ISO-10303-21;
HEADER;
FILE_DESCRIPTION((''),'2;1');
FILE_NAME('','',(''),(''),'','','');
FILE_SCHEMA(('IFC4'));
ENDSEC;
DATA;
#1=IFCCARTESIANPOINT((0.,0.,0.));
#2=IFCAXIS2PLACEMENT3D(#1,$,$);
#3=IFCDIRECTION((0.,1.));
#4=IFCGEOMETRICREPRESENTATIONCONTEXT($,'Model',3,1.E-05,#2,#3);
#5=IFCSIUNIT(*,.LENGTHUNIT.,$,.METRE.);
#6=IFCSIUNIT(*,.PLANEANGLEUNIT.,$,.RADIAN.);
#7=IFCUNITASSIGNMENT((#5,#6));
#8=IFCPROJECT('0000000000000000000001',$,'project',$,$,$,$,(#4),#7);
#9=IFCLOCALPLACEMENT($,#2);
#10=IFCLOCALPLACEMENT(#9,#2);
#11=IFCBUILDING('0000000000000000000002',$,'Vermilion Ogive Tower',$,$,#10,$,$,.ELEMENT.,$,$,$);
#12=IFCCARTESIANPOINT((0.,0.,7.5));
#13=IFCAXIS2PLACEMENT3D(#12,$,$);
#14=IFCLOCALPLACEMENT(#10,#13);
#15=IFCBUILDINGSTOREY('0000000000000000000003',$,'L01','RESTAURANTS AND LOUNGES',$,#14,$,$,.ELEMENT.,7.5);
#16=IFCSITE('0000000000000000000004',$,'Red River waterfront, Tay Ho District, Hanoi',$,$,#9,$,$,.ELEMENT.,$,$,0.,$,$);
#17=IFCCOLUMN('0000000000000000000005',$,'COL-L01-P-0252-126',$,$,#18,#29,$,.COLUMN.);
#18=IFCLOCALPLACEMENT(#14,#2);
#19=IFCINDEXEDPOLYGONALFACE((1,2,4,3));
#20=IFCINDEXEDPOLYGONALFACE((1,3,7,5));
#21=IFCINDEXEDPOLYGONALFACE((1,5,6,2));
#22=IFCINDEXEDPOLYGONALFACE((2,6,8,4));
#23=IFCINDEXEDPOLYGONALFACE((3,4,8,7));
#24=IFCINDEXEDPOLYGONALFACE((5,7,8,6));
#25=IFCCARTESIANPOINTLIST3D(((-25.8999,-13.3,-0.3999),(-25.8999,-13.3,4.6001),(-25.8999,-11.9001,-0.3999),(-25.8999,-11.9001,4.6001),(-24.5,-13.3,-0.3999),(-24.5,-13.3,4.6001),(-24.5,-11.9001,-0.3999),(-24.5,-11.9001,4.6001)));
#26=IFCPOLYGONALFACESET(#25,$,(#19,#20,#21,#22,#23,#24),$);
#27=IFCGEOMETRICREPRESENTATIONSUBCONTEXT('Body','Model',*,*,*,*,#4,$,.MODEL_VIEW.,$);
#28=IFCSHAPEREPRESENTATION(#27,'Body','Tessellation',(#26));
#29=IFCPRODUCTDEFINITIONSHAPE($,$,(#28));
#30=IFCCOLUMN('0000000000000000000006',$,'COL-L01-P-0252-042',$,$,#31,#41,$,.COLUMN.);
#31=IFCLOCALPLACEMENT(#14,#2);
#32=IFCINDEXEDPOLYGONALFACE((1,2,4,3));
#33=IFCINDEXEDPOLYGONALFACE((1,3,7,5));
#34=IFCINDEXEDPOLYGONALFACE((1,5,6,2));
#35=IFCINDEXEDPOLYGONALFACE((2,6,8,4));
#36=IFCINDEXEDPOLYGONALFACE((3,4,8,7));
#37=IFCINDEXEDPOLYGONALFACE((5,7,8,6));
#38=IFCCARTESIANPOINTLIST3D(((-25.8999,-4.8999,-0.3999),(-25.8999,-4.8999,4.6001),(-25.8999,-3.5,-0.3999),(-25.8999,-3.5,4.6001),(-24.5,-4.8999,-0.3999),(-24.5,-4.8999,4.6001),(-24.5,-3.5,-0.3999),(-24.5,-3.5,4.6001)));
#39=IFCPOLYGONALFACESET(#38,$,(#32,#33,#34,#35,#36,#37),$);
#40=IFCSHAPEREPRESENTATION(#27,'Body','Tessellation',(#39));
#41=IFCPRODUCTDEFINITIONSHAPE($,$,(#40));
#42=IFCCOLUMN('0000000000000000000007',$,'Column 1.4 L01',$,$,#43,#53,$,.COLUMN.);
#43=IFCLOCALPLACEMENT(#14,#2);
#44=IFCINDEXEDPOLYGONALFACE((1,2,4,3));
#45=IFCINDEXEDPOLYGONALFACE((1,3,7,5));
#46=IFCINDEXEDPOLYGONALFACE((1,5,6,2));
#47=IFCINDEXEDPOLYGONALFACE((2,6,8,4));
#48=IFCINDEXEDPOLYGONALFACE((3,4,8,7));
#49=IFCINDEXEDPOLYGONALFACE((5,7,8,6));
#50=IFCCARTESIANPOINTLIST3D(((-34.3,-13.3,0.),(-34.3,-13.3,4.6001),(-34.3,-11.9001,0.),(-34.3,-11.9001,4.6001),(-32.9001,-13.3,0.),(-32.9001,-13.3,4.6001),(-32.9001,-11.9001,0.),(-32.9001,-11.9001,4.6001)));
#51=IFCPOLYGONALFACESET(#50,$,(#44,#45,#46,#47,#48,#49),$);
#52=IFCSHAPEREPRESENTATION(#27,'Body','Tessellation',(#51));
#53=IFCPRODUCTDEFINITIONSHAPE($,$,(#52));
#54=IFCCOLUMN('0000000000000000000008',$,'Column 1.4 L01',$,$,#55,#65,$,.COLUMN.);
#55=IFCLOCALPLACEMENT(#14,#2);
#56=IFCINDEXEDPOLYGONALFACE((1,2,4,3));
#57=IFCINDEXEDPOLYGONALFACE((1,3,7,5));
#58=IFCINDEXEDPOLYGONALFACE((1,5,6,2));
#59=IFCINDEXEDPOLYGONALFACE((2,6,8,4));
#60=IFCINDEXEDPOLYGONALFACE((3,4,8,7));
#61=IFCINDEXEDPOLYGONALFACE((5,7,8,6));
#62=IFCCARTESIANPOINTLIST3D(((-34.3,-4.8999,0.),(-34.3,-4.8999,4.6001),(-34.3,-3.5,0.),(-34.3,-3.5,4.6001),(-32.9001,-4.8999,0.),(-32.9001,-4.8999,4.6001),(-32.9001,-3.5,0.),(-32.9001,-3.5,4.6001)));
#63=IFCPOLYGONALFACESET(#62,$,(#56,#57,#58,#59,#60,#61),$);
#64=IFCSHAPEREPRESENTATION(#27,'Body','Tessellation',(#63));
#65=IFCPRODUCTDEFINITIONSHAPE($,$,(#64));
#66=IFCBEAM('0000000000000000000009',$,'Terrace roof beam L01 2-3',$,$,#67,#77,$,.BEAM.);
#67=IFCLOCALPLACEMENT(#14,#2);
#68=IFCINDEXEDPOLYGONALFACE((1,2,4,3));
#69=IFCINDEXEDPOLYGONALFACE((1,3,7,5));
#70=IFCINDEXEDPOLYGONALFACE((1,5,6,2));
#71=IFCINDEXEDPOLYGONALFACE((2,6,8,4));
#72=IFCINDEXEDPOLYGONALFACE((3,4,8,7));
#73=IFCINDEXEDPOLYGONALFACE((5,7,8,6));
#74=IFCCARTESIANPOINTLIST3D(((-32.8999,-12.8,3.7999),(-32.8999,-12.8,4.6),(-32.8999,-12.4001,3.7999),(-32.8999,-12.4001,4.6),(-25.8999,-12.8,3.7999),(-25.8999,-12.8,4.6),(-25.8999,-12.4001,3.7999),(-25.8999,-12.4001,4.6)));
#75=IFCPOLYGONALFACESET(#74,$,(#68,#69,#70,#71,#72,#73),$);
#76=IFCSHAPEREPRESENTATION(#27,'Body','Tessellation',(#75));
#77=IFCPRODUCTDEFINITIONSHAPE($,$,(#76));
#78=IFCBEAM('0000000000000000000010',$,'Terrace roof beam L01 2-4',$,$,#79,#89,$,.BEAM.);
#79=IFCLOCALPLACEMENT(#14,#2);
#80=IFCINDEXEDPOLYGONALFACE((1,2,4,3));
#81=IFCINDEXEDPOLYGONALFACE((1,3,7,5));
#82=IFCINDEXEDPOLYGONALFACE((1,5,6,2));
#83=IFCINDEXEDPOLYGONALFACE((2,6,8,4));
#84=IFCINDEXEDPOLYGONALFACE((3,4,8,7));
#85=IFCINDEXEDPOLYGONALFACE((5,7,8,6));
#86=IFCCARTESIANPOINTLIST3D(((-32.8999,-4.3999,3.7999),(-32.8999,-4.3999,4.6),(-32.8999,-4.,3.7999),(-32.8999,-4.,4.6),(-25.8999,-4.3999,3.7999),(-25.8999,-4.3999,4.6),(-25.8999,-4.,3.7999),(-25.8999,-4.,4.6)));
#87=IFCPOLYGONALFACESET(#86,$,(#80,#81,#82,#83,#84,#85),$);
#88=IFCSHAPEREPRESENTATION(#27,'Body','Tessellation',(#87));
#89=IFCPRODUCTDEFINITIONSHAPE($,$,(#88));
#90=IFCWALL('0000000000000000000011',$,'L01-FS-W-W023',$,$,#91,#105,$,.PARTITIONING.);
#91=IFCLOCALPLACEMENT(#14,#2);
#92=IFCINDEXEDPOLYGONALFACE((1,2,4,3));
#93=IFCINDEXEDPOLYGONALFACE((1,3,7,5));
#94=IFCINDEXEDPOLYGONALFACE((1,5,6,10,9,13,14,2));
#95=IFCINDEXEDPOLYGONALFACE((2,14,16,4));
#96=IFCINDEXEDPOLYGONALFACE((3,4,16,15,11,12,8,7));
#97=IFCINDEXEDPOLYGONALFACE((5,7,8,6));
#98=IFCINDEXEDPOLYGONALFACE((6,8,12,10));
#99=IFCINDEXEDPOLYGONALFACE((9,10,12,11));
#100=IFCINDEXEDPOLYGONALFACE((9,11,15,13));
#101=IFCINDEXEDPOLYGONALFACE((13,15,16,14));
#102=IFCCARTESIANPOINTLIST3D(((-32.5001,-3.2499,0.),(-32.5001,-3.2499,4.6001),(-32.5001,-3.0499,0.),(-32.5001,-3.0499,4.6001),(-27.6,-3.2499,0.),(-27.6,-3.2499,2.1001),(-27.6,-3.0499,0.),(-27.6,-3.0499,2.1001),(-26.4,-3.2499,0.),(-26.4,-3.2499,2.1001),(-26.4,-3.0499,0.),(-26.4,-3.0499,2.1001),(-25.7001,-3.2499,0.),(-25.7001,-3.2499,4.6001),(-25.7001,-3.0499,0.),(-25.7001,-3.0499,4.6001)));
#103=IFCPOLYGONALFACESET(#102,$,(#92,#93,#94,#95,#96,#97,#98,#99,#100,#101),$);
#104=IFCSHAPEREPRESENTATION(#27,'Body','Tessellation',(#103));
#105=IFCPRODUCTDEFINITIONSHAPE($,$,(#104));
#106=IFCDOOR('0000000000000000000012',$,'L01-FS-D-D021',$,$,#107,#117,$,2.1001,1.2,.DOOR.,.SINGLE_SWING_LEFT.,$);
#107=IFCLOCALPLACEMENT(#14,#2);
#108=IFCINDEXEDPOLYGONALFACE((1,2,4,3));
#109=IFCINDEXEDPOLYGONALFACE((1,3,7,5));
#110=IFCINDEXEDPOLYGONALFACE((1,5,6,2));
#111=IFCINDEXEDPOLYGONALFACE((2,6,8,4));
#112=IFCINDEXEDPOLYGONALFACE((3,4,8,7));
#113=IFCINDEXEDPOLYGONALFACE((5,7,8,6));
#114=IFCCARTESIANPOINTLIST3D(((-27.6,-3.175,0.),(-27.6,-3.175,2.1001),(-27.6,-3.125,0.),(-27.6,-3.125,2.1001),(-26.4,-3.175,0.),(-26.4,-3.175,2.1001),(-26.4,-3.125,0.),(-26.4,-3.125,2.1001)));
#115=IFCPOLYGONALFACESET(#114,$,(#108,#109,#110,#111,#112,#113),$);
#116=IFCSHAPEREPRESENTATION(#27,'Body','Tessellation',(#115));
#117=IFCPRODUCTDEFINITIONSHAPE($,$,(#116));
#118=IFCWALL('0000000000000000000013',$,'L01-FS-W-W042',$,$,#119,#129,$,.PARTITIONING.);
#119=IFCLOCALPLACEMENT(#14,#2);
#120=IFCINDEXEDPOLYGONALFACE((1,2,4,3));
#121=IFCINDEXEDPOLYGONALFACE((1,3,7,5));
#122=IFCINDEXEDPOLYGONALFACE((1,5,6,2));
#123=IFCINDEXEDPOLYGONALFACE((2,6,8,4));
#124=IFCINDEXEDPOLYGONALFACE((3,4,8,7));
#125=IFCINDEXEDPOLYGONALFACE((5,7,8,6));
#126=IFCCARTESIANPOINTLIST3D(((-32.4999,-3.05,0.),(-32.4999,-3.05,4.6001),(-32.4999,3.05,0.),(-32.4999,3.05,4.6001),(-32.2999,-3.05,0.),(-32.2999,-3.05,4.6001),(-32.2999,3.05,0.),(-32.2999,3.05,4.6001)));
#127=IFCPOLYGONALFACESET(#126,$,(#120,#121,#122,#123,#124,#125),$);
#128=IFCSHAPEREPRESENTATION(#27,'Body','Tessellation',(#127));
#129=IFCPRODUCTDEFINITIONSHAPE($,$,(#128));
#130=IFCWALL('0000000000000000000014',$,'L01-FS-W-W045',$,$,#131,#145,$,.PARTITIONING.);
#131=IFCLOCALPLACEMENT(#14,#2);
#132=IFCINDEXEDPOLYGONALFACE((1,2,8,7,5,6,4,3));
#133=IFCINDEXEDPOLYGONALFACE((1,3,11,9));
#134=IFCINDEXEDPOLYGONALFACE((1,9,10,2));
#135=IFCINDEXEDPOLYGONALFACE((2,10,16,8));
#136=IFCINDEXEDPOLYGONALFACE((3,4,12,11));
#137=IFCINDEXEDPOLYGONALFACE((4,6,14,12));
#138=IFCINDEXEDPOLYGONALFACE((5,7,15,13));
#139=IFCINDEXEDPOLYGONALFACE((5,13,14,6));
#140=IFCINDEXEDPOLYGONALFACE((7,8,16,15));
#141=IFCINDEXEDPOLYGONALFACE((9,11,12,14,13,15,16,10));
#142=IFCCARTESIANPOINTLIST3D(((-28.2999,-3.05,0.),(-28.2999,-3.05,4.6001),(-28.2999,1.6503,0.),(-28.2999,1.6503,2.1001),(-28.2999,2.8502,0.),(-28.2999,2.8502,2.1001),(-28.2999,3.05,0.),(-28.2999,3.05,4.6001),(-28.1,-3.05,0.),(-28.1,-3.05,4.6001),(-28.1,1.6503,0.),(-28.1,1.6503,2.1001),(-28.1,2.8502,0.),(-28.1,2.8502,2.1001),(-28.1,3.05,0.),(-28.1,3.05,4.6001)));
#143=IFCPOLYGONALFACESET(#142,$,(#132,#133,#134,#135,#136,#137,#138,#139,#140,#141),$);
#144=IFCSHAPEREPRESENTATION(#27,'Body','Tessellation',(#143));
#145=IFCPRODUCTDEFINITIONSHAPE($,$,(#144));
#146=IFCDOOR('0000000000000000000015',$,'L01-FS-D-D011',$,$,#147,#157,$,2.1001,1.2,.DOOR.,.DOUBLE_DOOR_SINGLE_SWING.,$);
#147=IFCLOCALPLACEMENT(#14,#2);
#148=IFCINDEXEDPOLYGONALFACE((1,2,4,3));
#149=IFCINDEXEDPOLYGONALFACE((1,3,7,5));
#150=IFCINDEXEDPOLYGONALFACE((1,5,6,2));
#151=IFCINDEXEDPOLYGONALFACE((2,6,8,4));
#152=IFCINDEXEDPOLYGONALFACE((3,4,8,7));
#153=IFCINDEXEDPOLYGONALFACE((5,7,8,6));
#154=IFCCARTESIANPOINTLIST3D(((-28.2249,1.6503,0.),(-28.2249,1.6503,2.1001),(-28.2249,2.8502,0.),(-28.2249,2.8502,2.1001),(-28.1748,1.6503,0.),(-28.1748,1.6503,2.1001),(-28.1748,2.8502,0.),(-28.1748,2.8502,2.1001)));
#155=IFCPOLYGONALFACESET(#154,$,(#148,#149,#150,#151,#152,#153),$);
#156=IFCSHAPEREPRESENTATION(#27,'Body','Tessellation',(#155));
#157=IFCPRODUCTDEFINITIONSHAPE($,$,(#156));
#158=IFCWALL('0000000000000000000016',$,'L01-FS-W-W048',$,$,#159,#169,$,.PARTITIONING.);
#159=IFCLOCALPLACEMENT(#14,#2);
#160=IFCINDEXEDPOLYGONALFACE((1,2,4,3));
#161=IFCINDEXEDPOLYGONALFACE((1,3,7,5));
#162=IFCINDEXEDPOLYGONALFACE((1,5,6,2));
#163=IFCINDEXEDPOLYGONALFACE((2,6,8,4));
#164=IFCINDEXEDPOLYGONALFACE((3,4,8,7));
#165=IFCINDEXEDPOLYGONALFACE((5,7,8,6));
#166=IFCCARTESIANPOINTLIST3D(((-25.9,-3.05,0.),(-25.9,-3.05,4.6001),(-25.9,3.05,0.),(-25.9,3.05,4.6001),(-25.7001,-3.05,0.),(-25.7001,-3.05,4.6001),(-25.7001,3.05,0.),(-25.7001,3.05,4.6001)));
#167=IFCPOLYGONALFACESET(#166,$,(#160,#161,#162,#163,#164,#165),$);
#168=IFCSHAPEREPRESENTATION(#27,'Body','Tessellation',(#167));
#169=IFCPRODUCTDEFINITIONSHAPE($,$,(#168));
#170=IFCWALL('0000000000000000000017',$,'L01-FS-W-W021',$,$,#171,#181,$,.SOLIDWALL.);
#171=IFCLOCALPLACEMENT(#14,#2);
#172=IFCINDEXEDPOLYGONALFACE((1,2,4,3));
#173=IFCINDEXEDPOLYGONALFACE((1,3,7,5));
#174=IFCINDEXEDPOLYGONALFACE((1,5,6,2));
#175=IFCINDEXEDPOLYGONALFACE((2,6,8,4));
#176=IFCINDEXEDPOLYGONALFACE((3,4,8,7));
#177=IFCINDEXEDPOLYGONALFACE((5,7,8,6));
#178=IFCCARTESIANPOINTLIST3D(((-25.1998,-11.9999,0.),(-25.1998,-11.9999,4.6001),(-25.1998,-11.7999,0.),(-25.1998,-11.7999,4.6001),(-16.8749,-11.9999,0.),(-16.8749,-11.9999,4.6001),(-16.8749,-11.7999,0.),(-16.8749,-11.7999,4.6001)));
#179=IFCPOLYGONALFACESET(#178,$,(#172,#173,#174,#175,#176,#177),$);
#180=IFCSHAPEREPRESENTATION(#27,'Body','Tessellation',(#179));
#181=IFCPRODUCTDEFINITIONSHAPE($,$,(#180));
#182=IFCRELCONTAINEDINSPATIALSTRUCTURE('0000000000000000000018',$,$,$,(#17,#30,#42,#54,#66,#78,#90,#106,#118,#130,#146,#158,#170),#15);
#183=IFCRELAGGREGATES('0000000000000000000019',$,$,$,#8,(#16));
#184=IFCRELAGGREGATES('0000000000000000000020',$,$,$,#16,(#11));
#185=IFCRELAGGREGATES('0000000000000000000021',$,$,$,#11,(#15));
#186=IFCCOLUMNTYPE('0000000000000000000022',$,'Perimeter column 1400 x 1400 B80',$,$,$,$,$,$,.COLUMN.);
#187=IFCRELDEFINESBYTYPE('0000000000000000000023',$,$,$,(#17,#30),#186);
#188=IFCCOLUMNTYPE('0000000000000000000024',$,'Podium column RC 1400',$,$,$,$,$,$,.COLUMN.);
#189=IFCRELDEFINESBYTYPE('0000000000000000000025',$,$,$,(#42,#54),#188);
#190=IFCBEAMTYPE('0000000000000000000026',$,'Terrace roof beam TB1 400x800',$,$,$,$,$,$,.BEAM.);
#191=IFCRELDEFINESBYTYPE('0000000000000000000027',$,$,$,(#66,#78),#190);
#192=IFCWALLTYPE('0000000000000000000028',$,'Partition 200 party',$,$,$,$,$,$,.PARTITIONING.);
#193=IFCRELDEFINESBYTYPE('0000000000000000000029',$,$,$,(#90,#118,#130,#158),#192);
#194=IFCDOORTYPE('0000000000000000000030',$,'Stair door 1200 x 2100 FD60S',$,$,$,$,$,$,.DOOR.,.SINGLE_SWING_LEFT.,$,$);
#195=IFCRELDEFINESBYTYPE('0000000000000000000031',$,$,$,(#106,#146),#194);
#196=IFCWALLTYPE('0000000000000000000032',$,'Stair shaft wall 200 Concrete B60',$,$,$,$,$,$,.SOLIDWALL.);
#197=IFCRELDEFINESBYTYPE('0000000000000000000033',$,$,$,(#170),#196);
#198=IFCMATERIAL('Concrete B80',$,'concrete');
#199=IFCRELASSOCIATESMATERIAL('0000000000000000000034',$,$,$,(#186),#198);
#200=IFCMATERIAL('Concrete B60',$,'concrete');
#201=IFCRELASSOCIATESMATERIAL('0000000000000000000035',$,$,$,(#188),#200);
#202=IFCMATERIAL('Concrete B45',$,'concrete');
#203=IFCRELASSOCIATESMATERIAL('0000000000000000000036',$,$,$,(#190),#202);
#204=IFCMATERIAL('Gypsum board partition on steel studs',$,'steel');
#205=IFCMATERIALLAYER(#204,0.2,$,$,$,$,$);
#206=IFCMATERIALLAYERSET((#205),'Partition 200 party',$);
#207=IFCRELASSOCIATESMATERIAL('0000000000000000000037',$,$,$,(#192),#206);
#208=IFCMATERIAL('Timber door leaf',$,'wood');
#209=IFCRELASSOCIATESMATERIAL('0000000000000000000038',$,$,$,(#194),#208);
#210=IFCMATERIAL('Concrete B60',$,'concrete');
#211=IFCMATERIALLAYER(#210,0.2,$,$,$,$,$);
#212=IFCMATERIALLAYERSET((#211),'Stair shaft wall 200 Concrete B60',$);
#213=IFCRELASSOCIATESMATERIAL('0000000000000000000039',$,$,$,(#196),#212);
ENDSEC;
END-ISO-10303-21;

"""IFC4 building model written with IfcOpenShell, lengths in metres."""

from ifc_helpers import new_model, si_unit, direction, frame, frame_2d, origin, origin_2d, place, context, subcontext, project, spatial, rectangle, extrude, material, layer, layer_set, material_profile, profile_set, type_object, element, fill, save


model = new_model("IFC4")

# Units and contexts
model_context = context("Model", 3, precision=1e-05, world=origin(), true_north=direction((0.0, 1.0)))
body_context = subcontext(model_context, "Body", "Model", "MODEL_VIEW")
ifc_project = project(units=[si_unit("LENGTHUNIT", "METRE"), si_unit("PLANEANGLEUNIT", "RADIAN")], contexts=[model_context])

# Site, building, storey
site_placement = place(None, origin())
site = spatial("IfcSite", under=ifc_project, at=site_placement, Name="Red River waterfront, Tay Ho District, Hanoi", CompositionType="ELEMENT", RefElevation=0.0)
building_placement = place(site_placement, origin())
building = spatial("IfcBuilding", under=site, at=building_placement, Name="Vermilion Ogive Tower", CompositionType="ELEMENT")
storey_placement = place(building_placement, frame((0.0, 0.0, 7.5)))
storey = spatial("IfcBuildingStorey", under=building, at=storey_placement, Name="L01", Description="RESTAURANTS AND LOUNGES", CompositionType="ELEMENT", Elevation=7.5)

# Columns
ifc_material_1 = material(Name="Concrete B80", Category="concrete")
ifc_material_profile_1 = material_profile(ifc_material_1, rectangle(XDim=1.3999, YDim=1.3999, at=origin_2d()), Name="1400 x 1400")
ifc_profile_set_1 = profile_set([ifc_material_profile_1], Name="Concrete B80")
column_type_1 = type_object("IfcColumnType", Name="Perimeter column 1400 x 1400 B80", PredefinedType="COLUMN", material=ifc_profile_set_1)
for number, where, z_axis, x_axis, name in (
    (1, (-25.2, -12.6001, -0.3999), (0.0, 0.0, 1.0), (1.0, 0.0, 0.0), "COL-L01-P-0252-126"),
    (2, (-25.2, -4.2, -0.3999), (0.0, 0.0, 1.0), (1.0, 0.0, 0.0), "COL-L01-P-0252-042"),
):
    element("IfcColumn", number, at=place(storey_placement, frame(where, z_axis=z_axis, x_axis=x_axis)), inside=storey, type_object=column_type_1, Name=name, PredefinedType="COLUMN", context=body_context, shape_type="SweptSolid", body=[
        extrude(rectangle(XDim=1.3999, YDim=1.3999, at=origin_2d()), origin(), (0.0, 0.0, 1.0), 5.0),
    ])
ifc_material_2 = material(Name="Concrete B60", Category="concrete")
ifc_material_profile_2 = material_profile(ifc_material_2, rectangle(XDim=1.3999, YDim=1.3999, at=origin_2d()), Name="RC 1400x1400")
ifc_profile_set_2 = profile_set([ifc_material_profile_2], Name="Concrete B60")
column_type_2 = type_object("IfcColumnType", Name="Podium column RC 1400", PredefinedType="COLUMN", material=ifc_profile_set_2)
for number, where, z_axis, x_axis, name in (
    (3, (-33.6001, -12.6001, 0.0), (0.0, 0.0, 1.0), (1.0, 0.0, 0.0), "Column 1.4 L01"),
    (4, (-33.6001, -4.2, 0.0), (0.0, 0.0, 1.0), (1.0, 0.0, 0.0), "Column 1.4 L01"),
):
    element("IfcColumn", number, at=place(storey_placement, frame(where, z_axis=z_axis, x_axis=x_axis)), inside=storey, type_object=column_type_2, Name=name, PredefinedType="COLUMN", context=body_context, shape_type="SweptSolid", body=[
        extrude(rectangle(XDim=1.3999, YDim=1.3999, at=origin_2d()), origin(), (0.0, 0.0, 1.0), 4.6001),
    ])

# Beams
ifc_material_3 = material(Name="Concrete B45", Category="concrete")
ifc_material_profile_3 = material_profile(ifc_material_3, rectangle(XDim=0.3999, YDim=0.8, at=origin_2d()), Name="RC 400x800")
ifc_profile_set_3 = profile_set([ifc_material_profile_3], Name="Concrete B45")
beam_type = type_object("IfcBeamType", Name="Terrace roof beam TB1 400x800", PredefinedType="BEAM", material=ifc_profile_set_3)
for number, where, z_axis, x_axis, name in (
    (5, (-32.8999, -12.6001, 4.2), (1.0, 0.0, 0.0), (0.0, 1.0, 0.0), "Terrace roof beam L01 2-3"),
    (6, (-32.8999, -4.2, 4.2), (1.0, 0.0, 0.0), (0.0, 1.0, 0.0), "Terrace roof beam L01 2-4"),
):
    element("IfcBeam", number, at=place(storey_placement, frame(where, z_axis=z_axis, x_axis=x_axis)), inside=storey, type_object=beam_type, Name=name, PredefinedType="BEAM", context=body_context, shape_type="SweptSolid", body=[
        extrude(rectangle(XDim=0.3999, YDim=0.8, at=origin_2d()), origin(), (0.0, 0.0, 1.0), 7.0),
    ])

# Wall, opening, door
ifc_material_4 = material(Name="Gypsum board partition on steel studs", Category="steel")
ifc_layer_1 = layer(ifc_material_4, 0.2)
ifc_layer_set_1 = layer_set([ifc_layer_1], Name="Partition 200 party")
wall_type_1 = type_object("IfcWallType", Name="Partition 200 party", PredefinedType="PARTITIONING", material=ifc_layer_set_1)
wall_1_placement = place(storey_placement, frame((-32.5, -3.1499, 0.0), z_axis=(0.0, 0.0, 1.0), x_axis=(1.0, 0.0, 0.0)))
wall_1 = element("IfcWall", 7, at=wall_1_placement, inside=storey, type_object=wall_type_1, Name="L01-FS-W-W023", PredefinedType="PARTITIONING", context=body_context, shape_type="SweptSolid", body=[
    extrude(rectangle(XDim=6.8, YDim=0.2, at=frame_2d((3.3999, 0.0))), origin(), (0.0, 0.0, 1.0), 4.6001),
])
opening_1_placement = place(wall_1_placement, frame((4.8999, 0.0, 0.0)))
opening_1 = element("IfcOpeningElement", 8, at=opening_1_placement, cuts=wall_1, PredefinedType="OPENING", context=body_context, shape_type="SweptSolid", body=[
    extrude(rectangle(XDim=1.2, YDim=2.1001, at=frame_2d((0.6001, 1.05))), frame((0.0, 0.1099, 0.0), z_axis=(0.0, -1.0, 0.0), x_axis=(1.0, 0.0, 0.0)), (0.0, 0.0, 1.0), 0.22),
])
ifc_material_5 = material(Name="Timber door leaf", Category="wood")
door_type_1 = type_object("IfcDoorType", Name="Stair door 1200 x 2100 FD60S", OperationType="SINGLE_SWING_LEFT", PredefinedType="DOOR", material=ifc_material_5)
door_1_placement = place(opening_1_placement, origin())
door_1 = element("IfcDoor", 9, at=door_1_placement, inside=storey, type_object=door_type_1, Name="L01-FS-D-D021", OperationType="SINGLE_SWING_LEFT", OverallHeight=2.1001, OverallWidth=1.2, PredefinedType="DOOR", context=body_context, shape_type="SweptSolid", body=[
    extrude(rectangle(XDim=1.2, YDim=2.1001, at=frame_2d((0.6001, 1.05))), frame((0.0, 0.0249, 0.0), z_axis=(0.0, -1.0, 0.0), x_axis=(1.0, 0.0, 0.0)), (0.0, 0.0, 1.0), 0.05),
])
fill(opening_1, door_1)

# Wall
wall_2_placement = place(storey_placement, frame((-32.3999, -3.05, 0.0), z_axis=(0.0, 0.0, 1.0), x_axis=(0.0, 1.0, 0.0)))
element("IfcWall", 10, at=wall_2_placement, inside=storey, type_object=wall_type_1, Name="L01-FS-W-W042", PredefinedType="PARTITIONING", context=body_context, shape_type="SweptSolid", body=[
    extrude(rectangle(XDim=6.1001, YDim=0.2, at=frame_2d((3.05, 0.0))), origin(), (0.0, 0.0, 1.0), 4.6001),
])

# Wall, opening, door
wall_3_placement = place(storey_placement, frame((-28.2, -3.05, 0.0), z_axis=(0.0, 0.0, 1.0), x_axis=(0.0, 1.0, 0.0)))
wall_3 = element("IfcWall", 11, at=wall_3_placement, inside=storey, type_object=wall_type_1, Name="L01-FS-W-W045", PredefinedType="PARTITIONING", context=body_context, shape_type="SweptSolid", body=[
    extrude(rectangle(XDim=6.1001, YDim=0.2, at=frame_2d((3.05, 0.0))), origin(), (0.0, 0.0, 1.0), 4.6001),
])
opening_2_placement = place(wall_3_placement, frame((4.7002, 0.0, 0.0)))
opening_2 = element("IfcOpeningElement", 12, at=opening_2_placement, cuts=wall_3, PredefinedType="OPENING", context=body_context, shape_type="SweptSolid", body=[
    extrude(rectangle(XDim=1.2, YDim=2.1001, at=frame_2d((0.6001, 1.05))), frame((0.0, 0.1099, 0.0), z_axis=(0.0, -1.0, 0.0), x_axis=(1.0, 0.0, 0.0)), (0.0, 0.0, 1.0), 0.22),
])
door_2_placement = place(opening_2_placement, origin())
door_2 = element("IfcDoor", 13, at=door_2_placement, inside=storey, type_object=door_type_1, Name="L01-FS-D-D011", OperationType="DOUBLE_DOOR_SINGLE_SWING", OverallHeight=2.1001, OverallWidth=1.2, PredefinedType="DOOR", context=body_context, shape_type="SweptSolid", body=[
    extrude(rectangle(XDim=1.2, YDim=2.1001, at=frame_2d((0.6001, 1.05))), frame((0.0, 0.0249, 0.0), z_axis=(0.0, -1.0, 0.0), x_axis=(1.0, 0.0, 0.0)), (0.0, 0.0, 1.0), 0.05),
])
fill(opening_2, door_2)

# Walls
wall_4_placement = place(storey_placement, frame((-25.8, -3.05, 0.0), z_axis=(0.0, 0.0, 1.0), x_axis=(0.0, 1.0, 0.0)))
element("IfcWall", 14, at=wall_4_placement, inside=storey, type_object=wall_type_1, Name="L01-FS-W-W048", PredefinedType="PARTITIONING", context=body_context, shape_type="SweptSolid", body=[
    extrude(rectangle(XDim=6.1001, YDim=0.2, at=frame_2d((3.05, 0.0))), origin(), (0.0, 0.0, 1.0), 4.6001),
])
ifc_material_6 = material(Name="Concrete B60", Category="concrete")
ifc_layer_2 = layer(ifc_material_6, 0.2)
ifc_layer_set_2 = layer_set([ifc_layer_2], Name="Stair shaft wall 200 Concrete B60")
wall_type_2 = type_object("IfcWallType", Name="Stair shaft wall 200 Concrete B60", PredefinedType="SOLIDWALL", material=ifc_layer_set_2)
wall_5_placement = place(storey_placement, frame((-25.2, -11.8999, 0.0), z_axis=(0.0, 0.0, 1.0), x_axis=(1.0, 0.0, 0.0)))
element("IfcWall", 15, at=wall_5_placement, inside=storey, type_object=wall_type_2, Name="L01-FS-W-W021", PredefinedType="SOLIDWALL", context=body_context, shape_type="SweptSolid", body=[
    extrude(rectangle(XDim=8.325, YDim=0.2, at=frame_2d((4.1626, 0.0))), origin(), (0.0, 0.0, 1.0), 4.6001),
])

save(model, "model.ifc")
